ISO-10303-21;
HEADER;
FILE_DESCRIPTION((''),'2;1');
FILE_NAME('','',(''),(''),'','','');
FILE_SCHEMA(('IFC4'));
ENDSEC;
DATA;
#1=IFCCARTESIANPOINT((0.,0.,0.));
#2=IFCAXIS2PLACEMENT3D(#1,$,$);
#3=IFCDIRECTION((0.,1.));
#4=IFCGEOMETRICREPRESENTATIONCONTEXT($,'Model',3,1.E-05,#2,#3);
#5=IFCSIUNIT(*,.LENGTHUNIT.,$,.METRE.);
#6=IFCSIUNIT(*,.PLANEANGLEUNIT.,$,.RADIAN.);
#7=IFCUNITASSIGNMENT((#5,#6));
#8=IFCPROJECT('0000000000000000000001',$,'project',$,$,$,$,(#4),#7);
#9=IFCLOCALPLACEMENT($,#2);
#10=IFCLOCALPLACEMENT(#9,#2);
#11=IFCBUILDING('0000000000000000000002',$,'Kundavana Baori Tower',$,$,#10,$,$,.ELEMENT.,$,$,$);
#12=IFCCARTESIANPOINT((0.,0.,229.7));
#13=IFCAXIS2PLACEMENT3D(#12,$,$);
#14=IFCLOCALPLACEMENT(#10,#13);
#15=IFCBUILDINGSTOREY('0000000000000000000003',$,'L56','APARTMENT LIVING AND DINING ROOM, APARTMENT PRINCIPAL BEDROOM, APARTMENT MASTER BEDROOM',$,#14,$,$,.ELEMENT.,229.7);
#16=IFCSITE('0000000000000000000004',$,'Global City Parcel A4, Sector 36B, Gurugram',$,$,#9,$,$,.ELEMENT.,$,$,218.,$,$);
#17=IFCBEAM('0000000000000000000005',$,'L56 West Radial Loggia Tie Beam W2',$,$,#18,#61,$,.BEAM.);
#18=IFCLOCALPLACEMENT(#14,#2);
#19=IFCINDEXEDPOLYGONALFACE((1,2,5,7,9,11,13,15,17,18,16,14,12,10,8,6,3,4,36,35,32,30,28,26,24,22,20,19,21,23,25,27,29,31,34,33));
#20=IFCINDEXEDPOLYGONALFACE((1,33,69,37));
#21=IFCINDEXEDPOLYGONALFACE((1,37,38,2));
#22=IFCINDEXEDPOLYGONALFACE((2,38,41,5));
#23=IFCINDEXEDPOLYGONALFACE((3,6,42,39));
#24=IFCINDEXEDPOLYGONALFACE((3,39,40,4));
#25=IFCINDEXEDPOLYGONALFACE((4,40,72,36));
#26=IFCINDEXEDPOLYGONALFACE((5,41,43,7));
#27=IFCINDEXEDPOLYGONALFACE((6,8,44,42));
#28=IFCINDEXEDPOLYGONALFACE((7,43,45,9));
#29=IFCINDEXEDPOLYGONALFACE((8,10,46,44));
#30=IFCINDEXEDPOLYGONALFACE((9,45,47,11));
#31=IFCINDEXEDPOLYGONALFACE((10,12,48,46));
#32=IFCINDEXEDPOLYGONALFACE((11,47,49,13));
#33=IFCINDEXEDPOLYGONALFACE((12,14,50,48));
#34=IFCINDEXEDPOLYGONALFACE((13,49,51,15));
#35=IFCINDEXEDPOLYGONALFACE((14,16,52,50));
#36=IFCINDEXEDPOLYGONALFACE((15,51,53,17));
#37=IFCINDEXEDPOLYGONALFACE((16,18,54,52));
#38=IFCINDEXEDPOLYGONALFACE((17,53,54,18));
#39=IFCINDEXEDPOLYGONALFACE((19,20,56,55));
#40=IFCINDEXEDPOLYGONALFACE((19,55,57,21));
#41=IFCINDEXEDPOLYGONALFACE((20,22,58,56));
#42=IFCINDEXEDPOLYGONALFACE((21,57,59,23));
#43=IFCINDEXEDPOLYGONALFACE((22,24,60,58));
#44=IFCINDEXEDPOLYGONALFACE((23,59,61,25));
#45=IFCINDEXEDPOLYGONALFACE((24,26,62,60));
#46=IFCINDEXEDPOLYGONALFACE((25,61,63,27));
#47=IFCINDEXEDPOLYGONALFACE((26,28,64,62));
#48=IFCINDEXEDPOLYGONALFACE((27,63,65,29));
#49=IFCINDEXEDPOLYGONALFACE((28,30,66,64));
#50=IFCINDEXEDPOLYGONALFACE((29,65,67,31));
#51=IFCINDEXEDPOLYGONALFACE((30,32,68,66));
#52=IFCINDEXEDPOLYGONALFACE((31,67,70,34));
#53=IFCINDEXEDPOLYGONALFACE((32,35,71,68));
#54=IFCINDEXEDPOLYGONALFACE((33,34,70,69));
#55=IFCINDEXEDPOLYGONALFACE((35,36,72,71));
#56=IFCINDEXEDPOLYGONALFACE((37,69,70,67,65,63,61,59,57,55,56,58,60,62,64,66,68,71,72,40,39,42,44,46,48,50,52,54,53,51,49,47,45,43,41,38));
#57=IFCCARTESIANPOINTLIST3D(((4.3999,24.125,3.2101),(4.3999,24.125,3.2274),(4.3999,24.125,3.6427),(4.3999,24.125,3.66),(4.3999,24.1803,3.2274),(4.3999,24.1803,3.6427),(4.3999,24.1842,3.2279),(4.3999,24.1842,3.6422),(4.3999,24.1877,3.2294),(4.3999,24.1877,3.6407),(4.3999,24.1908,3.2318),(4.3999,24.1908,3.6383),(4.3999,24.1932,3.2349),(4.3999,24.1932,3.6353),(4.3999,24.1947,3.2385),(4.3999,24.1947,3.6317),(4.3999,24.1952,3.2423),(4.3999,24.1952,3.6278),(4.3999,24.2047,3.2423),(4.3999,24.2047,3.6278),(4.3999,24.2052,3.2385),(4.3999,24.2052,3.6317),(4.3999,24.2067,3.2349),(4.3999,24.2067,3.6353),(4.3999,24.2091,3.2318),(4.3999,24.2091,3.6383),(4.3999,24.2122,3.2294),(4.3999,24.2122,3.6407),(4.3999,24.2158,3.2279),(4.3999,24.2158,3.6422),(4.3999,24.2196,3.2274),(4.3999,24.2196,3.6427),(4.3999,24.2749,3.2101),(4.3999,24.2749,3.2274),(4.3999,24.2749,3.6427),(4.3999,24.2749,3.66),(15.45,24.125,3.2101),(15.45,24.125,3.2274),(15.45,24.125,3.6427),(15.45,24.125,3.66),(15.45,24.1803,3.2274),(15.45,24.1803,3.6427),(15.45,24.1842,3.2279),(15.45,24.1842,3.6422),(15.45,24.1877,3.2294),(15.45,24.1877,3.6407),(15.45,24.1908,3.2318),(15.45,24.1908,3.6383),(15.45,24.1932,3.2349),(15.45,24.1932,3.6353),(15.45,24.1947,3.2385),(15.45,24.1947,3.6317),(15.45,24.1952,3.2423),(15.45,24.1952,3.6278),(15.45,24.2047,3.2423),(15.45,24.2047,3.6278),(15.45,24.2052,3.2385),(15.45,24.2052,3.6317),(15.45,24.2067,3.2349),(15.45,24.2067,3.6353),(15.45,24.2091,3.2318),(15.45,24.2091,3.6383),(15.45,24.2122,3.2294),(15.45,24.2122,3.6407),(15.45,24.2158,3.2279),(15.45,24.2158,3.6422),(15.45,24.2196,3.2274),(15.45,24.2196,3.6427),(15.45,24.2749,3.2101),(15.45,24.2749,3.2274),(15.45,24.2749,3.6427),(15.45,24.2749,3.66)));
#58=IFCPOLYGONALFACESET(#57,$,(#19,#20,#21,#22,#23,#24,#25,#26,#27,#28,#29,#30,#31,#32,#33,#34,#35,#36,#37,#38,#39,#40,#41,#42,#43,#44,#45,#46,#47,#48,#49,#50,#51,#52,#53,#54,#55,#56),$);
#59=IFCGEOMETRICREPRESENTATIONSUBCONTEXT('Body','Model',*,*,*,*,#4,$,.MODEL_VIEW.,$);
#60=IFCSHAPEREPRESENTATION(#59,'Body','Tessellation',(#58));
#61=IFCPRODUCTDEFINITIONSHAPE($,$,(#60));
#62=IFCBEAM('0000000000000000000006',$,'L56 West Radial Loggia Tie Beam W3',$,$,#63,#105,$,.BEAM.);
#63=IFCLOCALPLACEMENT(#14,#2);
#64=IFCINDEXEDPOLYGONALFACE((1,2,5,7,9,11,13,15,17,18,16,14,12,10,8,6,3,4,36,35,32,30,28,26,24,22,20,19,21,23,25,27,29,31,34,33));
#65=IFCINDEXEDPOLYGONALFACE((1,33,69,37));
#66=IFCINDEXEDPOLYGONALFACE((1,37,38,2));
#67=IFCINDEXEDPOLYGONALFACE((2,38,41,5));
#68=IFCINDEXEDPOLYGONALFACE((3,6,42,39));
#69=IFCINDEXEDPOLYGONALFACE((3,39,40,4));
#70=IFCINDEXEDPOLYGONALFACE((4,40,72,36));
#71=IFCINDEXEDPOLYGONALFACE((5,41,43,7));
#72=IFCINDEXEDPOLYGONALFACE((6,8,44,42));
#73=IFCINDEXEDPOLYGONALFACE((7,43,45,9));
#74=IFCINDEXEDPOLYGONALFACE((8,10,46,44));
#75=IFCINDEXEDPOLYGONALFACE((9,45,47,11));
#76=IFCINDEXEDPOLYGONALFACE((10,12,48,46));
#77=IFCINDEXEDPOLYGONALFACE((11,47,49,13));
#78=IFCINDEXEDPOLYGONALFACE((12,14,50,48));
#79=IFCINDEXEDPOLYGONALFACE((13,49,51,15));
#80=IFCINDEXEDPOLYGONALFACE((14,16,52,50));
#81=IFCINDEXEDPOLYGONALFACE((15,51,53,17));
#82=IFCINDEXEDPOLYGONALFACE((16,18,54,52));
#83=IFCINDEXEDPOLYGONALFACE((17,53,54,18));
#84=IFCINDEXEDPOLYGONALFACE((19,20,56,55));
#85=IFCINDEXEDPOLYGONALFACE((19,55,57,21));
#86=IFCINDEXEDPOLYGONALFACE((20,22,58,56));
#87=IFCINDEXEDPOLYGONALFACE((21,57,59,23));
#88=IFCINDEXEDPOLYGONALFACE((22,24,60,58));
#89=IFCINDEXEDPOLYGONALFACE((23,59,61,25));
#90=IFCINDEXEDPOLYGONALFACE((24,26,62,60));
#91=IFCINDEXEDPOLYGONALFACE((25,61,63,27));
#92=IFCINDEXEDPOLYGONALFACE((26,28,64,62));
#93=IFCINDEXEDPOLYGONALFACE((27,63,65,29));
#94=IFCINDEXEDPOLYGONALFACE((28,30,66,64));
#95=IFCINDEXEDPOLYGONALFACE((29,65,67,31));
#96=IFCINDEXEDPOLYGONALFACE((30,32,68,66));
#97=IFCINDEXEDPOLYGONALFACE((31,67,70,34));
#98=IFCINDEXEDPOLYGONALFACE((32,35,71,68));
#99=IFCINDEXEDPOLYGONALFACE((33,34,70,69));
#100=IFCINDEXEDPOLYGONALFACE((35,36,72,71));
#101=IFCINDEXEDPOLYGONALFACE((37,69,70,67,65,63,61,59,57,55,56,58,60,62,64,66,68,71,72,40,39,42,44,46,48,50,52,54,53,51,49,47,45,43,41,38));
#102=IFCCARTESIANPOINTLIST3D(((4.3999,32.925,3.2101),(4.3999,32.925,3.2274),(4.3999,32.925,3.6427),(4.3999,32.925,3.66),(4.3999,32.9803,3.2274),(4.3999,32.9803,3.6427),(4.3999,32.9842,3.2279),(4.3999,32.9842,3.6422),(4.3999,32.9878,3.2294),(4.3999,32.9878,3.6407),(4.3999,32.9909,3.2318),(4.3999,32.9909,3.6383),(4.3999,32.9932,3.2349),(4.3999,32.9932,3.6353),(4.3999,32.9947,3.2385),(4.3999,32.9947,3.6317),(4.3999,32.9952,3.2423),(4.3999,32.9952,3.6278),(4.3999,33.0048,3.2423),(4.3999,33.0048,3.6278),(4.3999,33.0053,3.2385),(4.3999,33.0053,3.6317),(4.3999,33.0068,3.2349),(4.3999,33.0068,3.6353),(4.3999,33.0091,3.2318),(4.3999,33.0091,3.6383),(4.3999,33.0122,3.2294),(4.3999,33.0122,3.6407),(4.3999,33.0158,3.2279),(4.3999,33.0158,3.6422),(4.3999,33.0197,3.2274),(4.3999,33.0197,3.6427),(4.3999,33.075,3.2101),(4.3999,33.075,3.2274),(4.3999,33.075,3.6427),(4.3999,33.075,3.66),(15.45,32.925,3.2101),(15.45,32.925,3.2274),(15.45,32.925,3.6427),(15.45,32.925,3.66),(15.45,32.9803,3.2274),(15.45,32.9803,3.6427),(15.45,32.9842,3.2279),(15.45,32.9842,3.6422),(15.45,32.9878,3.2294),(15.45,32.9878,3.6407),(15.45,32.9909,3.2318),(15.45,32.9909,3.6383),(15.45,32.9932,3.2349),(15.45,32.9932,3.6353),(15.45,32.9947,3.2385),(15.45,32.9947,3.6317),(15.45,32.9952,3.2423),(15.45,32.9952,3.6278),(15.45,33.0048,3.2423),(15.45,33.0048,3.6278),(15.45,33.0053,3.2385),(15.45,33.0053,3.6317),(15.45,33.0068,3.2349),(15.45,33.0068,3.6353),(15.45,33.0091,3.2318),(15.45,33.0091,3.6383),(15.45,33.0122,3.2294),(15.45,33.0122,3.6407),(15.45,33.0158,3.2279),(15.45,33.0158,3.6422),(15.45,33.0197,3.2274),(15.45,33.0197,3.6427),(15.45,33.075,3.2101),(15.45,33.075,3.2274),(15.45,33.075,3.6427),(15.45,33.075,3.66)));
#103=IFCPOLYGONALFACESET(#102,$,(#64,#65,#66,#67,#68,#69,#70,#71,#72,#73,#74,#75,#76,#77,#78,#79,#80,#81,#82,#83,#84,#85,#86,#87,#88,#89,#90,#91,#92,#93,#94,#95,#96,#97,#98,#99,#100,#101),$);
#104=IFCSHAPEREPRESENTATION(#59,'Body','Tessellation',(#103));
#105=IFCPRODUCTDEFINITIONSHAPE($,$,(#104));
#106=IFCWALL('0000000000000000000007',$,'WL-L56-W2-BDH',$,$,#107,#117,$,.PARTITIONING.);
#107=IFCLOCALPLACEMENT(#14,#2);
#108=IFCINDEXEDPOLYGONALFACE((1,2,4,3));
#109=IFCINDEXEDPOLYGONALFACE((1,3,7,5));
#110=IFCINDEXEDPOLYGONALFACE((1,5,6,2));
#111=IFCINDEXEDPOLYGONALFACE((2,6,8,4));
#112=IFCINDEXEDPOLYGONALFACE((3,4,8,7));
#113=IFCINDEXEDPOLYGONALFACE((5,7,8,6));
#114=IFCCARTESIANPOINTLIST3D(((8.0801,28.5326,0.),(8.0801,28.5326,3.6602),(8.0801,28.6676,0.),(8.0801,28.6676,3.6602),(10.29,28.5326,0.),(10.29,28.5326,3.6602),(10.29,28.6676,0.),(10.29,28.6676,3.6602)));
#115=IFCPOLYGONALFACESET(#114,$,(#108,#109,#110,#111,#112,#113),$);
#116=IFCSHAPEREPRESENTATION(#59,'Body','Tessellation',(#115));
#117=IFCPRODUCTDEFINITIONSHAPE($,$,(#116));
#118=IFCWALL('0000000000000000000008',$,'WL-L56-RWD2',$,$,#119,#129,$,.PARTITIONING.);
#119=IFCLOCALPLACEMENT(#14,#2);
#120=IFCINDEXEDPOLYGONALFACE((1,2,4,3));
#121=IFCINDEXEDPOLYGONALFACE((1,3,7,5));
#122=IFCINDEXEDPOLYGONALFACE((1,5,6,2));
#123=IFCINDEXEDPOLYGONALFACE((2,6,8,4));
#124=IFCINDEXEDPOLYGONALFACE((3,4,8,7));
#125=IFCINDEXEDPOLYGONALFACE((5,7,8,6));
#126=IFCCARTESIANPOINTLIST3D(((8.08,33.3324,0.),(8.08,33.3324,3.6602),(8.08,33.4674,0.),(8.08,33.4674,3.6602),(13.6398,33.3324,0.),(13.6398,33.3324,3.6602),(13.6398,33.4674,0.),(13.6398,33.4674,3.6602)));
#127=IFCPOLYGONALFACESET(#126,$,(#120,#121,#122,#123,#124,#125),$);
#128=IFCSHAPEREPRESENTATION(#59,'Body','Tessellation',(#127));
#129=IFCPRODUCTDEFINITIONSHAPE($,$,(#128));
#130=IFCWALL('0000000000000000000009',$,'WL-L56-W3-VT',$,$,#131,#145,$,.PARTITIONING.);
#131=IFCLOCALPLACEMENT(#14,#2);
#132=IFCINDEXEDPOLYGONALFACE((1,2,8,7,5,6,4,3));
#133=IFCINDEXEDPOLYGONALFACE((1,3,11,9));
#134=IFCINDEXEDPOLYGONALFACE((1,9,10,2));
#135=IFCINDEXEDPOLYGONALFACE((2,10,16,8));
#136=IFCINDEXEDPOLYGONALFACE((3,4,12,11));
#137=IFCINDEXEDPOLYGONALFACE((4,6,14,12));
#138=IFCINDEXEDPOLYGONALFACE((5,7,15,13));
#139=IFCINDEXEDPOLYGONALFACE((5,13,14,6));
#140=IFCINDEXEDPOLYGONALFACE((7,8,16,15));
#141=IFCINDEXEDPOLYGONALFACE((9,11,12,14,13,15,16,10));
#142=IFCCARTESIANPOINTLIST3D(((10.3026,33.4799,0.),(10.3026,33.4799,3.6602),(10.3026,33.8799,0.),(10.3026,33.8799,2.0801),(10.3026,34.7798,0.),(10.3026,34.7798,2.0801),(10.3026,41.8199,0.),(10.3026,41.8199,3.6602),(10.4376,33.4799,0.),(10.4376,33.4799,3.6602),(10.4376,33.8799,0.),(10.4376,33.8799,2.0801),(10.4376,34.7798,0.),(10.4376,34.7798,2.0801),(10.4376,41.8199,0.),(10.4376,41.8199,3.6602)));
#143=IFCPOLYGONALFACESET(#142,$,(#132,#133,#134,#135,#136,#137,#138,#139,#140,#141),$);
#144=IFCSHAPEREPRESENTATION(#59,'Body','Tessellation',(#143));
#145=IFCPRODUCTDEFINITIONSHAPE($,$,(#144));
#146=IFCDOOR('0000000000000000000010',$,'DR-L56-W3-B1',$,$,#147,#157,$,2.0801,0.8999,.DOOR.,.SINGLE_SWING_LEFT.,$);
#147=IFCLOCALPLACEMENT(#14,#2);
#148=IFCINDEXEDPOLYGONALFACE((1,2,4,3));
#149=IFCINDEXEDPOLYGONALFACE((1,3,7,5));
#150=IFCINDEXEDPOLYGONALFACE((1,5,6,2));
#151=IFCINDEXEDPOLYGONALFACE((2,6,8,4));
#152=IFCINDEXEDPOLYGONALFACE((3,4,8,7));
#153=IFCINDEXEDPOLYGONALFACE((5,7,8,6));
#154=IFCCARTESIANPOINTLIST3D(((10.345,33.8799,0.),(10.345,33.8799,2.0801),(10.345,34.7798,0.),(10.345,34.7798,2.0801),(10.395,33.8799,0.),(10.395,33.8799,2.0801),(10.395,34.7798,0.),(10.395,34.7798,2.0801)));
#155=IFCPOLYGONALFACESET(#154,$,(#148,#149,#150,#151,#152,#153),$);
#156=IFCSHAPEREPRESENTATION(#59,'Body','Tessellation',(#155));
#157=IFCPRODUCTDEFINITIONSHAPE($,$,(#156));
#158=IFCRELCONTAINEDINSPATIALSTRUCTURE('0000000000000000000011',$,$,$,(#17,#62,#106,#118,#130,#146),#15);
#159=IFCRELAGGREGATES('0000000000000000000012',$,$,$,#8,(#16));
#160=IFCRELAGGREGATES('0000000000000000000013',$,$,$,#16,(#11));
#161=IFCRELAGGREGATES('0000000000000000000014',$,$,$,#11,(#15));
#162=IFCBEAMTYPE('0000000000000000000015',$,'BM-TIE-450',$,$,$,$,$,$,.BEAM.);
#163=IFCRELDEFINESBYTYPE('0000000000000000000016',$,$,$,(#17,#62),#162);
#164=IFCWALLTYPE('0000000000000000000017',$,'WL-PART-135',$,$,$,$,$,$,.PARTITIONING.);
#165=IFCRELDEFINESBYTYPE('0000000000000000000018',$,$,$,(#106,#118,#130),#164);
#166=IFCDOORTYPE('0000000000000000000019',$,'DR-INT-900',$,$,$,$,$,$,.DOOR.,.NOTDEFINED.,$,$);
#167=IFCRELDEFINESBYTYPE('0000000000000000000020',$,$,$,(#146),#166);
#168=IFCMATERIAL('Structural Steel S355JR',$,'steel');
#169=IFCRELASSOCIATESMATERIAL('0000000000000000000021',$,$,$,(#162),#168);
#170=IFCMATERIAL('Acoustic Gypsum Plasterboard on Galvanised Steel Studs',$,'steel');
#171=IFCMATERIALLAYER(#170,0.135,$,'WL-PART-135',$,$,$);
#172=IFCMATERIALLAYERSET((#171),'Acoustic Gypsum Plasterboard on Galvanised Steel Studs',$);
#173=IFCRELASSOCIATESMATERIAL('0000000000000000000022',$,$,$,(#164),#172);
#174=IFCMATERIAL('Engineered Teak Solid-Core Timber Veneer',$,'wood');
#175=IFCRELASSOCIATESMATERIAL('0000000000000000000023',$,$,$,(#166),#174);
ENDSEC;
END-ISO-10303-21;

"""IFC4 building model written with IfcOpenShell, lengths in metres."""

from ifc_helpers import new_model, si_unit, direction, frame, frame_2d, origin, origin_2d, place, context, subcontext, project, spatial, rectangle, i_section, extrude, material, layer, layer_set, material_profile, profile_set, type_object, element, fill, save


model = new_model("IFC4")

# Units and contexts
model_context = context("Model", 3, precision=1e-05, world=origin(), true_north=direction((0.0, 1.0)))
body_context = subcontext(model_context, "Body", "Model", "MODEL_VIEW")
ifc_project = project(units=[si_unit("LENGTHUNIT", "METRE"), si_unit("PLANEANGLEUNIT", "RADIAN")], contexts=[model_context])

# Site, building, storey
site_placement = place(None, origin())
site = spatial("IfcSite", under=ifc_project, at=site_placement, Name="Global City Parcel A4, Sector 36B, Gurugram", CompositionType="ELEMENT", RefElevation=218.0)
building_placement = place(site_placement, origin())
building = spatial("IfcBuilding", under=site, at=building_placement, Name="Kundavana Baori Tower", CompositionType="ELEMENT")
storey_placement = place(building_placement, frame((0.0, 0.0, 229.7)))
storey = spatial("IfcBuildingStorey", under=building, at=storey_placement, Name="L56", Description="APARTMENT LIVING AND DINING ROOM, APARTMENT PRINCIPAL BEDROOM, APARTMENT MASTER BEDROOM", CompositionType="ELEMENT", Elevation=229.7)

# Beams
ifc_material_1 = material(Name="Structural Steel S355JR", Category="steel")
ifc_material_profile_1 = material_profile(ifc_material_1, i_section(OverallWidth=0.1499, OverallDepth=0.45, WebThickness=0.0095, FlangeThickness=0.0173, FilletRadius=0.0149, at=origin_2d()), Name="ISMB 450")
ifc_profile_set_1 = profile_set([ifc_material_profile_1], Name="Structural Steel S355JR")
beam_type_1 = type_object("IfcBeamType", Name="BM-TIE-450", PredefinedType="BEAM", material=ifc_profile_set_1)
for number, where, z_axis, x_axis, name in (
    (1, (15.45, 24.2, 3.4351), (-1.0, 0.0, 0.0), (0.0, -1.0, 0.0), "L56 West Radial Loggia Tie Beam W2"),
    (2, (15.45, 33.0, 3.4351), (-1.0, 0.0, 0.0), (0.0, -1.0, 0.0), "L56 West Radial Loggia Tie Beam W3"),
):
    element("IfcBeam", number, at=place(storey_placement, frame(where, z_axis=z_axis, x_axis=x_axis)), inside=storey, type_object=beam_type_1, Name=name, PredefinedType="BEAM", context=body_context, shape_type="SweptSolid", body=[
        extrude(i_section(OverallWidth=0.1499, OverallDepth=0.45, WebThickness=0.0095, FlangeThickness=0.0173, FilletRadius=0.0149, at=origin_2d()), origin(), (0.0, 0.0, 1.0), 11.05),
    ])

# Walls
ifc_material_2 = material(Name="Acoustic Gypsum Plasterboard on Galvanised Steel Studs", Category="steel")
ifc_layer_1 = layer(ifc_material_2, 0.135, Name="WL-PART-135")
ifc_layer_set_1 = layer_set([ifc_layer_1], Name="Acoustic Gypsum Plasterboard on Galvanised Steel Studs")
wall_type_1 = type_object("IfcWallType", Name="WL-PART-135", PredefinedType="PARTITIONING", material=ifc_layer_set_1)
wall_1_placement = place(storey_placement, frame((8.0801, 28.6001, 0.0), z_axis=(0.0, 0.0, 1.0), x_axis=(1.0, 0.0, 0.0)))
element("IfcWall", 3, at=wall_1_placement, inside=storey, type_object=wall_type_1, Name="WL-L56-W2-BDH", PredefinedType="PARTITIONING", context=body_context, shape_type="SweptSolid", body=[
    extrude(rectangle(XDim=2.21, YDim=0.135, at=frame_2d((1.105, 0.0))), origin(), (0.0, 0.0, 1.0), 3.6602),
])
wall_2_placement = place(storey_placement, frame((8.0801, 33.3999, 0.0), z_axis=(0.0, 0.0, 1.0), x_axis=(1.0, 0.0, 0.0)))
element("IfcWall", 4, at=wall_2_placement, inside=storey, type_object=wall_type_1, Name="WL-L56-RWD2", PredefinedType="PARTITIONING", context=body_context, shape_type="SweptSolid", body=[
    extrude(rectangle(XDim=5.5598, YDim=0.135, at=frame_2d((2.7798, 0.0))), origin(), (0.0, 0.0, 1.0), 3.6602),
])

# Wall, opening, door
wall_3_placement = place(storey_placement, frame((10.3701, 33.48, 0.0), z_axis=(0.0, 0.0, 1.0), x_axis=(0.0, 1.0, 0.0)))
wall_3 = element("IfcWall", 5, at=wall_3_placement, inside=storey, type_object=wall_type_1, Name="WL-L56-W3-VT", PredefinedType="PARTITIONING", context=body_context, shape_type="SweptSolid", body=[
    extrude(rectangle(XDim=8.3401, YDim=0.135, at=frame_2d((4.1699, 0.0))), origin(), (0.0, 0.0, 1.0), 3.6602),
])
opening_1_placement = place(wall_3_placement, frame((0.3999, 0.0, 0.0)))
opening_1 = element("IfcOpeningElement", 6, at=opening_1_placement, cuts=wall_3, PredefinedType="OPENING", context=body_context, shape_type="SweptSolid", body=[
    extrude(rectangle(XDim=0.8999, YDim=2.0801, at=frame_2d((0.45, 1.04))), frame((0.0, 0.0776, 0.0), z_axis=(0.0, -1.0, 0.0), x_axis=(1.0, 0.0, 0.0)), (0.0, 0.0, 1.0), 0.155),
])
ifc_material_3 = material(Name="Engineered Teak Solid-Core Timber Veneer", Category="wood")
door_type_1 = type_object("IfcDoorType", Name="DR-INT-900", OperationType="NOTDEFINED", PredefinedType="DOOR", material=ifc_material_3)
door_1_placement = place(opening_1_placement, frame((0.8999, 0.0, 0.0), z_axis=(0.0, 0.0, 1.0), x_axis=(-1.0, 0.0, 0.0)))
door_1 = element("IfcDoor", 7, at=door_1_placement, inside=storey, type_object=door_type_1, Name="DR-L56-W3-B1", OperationType="SINGLE_SWING_LEFT", OverallHeight=2.0801, OverallWidth=0.8999, PredefinedType="DOOR", context=body_context, shape_type="SweptSolid", body=[
    extrude(rectangle(XDim=0.8999, YDim=2.0801, at=frame_2d((0.45, 1.04))), frame((0.0, 0.0249, 0.0), z_axis=(0.0, -1.0, 0.0), x_axis=(1.0, 0.0, 0.0)), (0.0, 0.0, 1.0), 0.05),
])
fill(opening_1, door_1)

save(model, "model.ifc")
